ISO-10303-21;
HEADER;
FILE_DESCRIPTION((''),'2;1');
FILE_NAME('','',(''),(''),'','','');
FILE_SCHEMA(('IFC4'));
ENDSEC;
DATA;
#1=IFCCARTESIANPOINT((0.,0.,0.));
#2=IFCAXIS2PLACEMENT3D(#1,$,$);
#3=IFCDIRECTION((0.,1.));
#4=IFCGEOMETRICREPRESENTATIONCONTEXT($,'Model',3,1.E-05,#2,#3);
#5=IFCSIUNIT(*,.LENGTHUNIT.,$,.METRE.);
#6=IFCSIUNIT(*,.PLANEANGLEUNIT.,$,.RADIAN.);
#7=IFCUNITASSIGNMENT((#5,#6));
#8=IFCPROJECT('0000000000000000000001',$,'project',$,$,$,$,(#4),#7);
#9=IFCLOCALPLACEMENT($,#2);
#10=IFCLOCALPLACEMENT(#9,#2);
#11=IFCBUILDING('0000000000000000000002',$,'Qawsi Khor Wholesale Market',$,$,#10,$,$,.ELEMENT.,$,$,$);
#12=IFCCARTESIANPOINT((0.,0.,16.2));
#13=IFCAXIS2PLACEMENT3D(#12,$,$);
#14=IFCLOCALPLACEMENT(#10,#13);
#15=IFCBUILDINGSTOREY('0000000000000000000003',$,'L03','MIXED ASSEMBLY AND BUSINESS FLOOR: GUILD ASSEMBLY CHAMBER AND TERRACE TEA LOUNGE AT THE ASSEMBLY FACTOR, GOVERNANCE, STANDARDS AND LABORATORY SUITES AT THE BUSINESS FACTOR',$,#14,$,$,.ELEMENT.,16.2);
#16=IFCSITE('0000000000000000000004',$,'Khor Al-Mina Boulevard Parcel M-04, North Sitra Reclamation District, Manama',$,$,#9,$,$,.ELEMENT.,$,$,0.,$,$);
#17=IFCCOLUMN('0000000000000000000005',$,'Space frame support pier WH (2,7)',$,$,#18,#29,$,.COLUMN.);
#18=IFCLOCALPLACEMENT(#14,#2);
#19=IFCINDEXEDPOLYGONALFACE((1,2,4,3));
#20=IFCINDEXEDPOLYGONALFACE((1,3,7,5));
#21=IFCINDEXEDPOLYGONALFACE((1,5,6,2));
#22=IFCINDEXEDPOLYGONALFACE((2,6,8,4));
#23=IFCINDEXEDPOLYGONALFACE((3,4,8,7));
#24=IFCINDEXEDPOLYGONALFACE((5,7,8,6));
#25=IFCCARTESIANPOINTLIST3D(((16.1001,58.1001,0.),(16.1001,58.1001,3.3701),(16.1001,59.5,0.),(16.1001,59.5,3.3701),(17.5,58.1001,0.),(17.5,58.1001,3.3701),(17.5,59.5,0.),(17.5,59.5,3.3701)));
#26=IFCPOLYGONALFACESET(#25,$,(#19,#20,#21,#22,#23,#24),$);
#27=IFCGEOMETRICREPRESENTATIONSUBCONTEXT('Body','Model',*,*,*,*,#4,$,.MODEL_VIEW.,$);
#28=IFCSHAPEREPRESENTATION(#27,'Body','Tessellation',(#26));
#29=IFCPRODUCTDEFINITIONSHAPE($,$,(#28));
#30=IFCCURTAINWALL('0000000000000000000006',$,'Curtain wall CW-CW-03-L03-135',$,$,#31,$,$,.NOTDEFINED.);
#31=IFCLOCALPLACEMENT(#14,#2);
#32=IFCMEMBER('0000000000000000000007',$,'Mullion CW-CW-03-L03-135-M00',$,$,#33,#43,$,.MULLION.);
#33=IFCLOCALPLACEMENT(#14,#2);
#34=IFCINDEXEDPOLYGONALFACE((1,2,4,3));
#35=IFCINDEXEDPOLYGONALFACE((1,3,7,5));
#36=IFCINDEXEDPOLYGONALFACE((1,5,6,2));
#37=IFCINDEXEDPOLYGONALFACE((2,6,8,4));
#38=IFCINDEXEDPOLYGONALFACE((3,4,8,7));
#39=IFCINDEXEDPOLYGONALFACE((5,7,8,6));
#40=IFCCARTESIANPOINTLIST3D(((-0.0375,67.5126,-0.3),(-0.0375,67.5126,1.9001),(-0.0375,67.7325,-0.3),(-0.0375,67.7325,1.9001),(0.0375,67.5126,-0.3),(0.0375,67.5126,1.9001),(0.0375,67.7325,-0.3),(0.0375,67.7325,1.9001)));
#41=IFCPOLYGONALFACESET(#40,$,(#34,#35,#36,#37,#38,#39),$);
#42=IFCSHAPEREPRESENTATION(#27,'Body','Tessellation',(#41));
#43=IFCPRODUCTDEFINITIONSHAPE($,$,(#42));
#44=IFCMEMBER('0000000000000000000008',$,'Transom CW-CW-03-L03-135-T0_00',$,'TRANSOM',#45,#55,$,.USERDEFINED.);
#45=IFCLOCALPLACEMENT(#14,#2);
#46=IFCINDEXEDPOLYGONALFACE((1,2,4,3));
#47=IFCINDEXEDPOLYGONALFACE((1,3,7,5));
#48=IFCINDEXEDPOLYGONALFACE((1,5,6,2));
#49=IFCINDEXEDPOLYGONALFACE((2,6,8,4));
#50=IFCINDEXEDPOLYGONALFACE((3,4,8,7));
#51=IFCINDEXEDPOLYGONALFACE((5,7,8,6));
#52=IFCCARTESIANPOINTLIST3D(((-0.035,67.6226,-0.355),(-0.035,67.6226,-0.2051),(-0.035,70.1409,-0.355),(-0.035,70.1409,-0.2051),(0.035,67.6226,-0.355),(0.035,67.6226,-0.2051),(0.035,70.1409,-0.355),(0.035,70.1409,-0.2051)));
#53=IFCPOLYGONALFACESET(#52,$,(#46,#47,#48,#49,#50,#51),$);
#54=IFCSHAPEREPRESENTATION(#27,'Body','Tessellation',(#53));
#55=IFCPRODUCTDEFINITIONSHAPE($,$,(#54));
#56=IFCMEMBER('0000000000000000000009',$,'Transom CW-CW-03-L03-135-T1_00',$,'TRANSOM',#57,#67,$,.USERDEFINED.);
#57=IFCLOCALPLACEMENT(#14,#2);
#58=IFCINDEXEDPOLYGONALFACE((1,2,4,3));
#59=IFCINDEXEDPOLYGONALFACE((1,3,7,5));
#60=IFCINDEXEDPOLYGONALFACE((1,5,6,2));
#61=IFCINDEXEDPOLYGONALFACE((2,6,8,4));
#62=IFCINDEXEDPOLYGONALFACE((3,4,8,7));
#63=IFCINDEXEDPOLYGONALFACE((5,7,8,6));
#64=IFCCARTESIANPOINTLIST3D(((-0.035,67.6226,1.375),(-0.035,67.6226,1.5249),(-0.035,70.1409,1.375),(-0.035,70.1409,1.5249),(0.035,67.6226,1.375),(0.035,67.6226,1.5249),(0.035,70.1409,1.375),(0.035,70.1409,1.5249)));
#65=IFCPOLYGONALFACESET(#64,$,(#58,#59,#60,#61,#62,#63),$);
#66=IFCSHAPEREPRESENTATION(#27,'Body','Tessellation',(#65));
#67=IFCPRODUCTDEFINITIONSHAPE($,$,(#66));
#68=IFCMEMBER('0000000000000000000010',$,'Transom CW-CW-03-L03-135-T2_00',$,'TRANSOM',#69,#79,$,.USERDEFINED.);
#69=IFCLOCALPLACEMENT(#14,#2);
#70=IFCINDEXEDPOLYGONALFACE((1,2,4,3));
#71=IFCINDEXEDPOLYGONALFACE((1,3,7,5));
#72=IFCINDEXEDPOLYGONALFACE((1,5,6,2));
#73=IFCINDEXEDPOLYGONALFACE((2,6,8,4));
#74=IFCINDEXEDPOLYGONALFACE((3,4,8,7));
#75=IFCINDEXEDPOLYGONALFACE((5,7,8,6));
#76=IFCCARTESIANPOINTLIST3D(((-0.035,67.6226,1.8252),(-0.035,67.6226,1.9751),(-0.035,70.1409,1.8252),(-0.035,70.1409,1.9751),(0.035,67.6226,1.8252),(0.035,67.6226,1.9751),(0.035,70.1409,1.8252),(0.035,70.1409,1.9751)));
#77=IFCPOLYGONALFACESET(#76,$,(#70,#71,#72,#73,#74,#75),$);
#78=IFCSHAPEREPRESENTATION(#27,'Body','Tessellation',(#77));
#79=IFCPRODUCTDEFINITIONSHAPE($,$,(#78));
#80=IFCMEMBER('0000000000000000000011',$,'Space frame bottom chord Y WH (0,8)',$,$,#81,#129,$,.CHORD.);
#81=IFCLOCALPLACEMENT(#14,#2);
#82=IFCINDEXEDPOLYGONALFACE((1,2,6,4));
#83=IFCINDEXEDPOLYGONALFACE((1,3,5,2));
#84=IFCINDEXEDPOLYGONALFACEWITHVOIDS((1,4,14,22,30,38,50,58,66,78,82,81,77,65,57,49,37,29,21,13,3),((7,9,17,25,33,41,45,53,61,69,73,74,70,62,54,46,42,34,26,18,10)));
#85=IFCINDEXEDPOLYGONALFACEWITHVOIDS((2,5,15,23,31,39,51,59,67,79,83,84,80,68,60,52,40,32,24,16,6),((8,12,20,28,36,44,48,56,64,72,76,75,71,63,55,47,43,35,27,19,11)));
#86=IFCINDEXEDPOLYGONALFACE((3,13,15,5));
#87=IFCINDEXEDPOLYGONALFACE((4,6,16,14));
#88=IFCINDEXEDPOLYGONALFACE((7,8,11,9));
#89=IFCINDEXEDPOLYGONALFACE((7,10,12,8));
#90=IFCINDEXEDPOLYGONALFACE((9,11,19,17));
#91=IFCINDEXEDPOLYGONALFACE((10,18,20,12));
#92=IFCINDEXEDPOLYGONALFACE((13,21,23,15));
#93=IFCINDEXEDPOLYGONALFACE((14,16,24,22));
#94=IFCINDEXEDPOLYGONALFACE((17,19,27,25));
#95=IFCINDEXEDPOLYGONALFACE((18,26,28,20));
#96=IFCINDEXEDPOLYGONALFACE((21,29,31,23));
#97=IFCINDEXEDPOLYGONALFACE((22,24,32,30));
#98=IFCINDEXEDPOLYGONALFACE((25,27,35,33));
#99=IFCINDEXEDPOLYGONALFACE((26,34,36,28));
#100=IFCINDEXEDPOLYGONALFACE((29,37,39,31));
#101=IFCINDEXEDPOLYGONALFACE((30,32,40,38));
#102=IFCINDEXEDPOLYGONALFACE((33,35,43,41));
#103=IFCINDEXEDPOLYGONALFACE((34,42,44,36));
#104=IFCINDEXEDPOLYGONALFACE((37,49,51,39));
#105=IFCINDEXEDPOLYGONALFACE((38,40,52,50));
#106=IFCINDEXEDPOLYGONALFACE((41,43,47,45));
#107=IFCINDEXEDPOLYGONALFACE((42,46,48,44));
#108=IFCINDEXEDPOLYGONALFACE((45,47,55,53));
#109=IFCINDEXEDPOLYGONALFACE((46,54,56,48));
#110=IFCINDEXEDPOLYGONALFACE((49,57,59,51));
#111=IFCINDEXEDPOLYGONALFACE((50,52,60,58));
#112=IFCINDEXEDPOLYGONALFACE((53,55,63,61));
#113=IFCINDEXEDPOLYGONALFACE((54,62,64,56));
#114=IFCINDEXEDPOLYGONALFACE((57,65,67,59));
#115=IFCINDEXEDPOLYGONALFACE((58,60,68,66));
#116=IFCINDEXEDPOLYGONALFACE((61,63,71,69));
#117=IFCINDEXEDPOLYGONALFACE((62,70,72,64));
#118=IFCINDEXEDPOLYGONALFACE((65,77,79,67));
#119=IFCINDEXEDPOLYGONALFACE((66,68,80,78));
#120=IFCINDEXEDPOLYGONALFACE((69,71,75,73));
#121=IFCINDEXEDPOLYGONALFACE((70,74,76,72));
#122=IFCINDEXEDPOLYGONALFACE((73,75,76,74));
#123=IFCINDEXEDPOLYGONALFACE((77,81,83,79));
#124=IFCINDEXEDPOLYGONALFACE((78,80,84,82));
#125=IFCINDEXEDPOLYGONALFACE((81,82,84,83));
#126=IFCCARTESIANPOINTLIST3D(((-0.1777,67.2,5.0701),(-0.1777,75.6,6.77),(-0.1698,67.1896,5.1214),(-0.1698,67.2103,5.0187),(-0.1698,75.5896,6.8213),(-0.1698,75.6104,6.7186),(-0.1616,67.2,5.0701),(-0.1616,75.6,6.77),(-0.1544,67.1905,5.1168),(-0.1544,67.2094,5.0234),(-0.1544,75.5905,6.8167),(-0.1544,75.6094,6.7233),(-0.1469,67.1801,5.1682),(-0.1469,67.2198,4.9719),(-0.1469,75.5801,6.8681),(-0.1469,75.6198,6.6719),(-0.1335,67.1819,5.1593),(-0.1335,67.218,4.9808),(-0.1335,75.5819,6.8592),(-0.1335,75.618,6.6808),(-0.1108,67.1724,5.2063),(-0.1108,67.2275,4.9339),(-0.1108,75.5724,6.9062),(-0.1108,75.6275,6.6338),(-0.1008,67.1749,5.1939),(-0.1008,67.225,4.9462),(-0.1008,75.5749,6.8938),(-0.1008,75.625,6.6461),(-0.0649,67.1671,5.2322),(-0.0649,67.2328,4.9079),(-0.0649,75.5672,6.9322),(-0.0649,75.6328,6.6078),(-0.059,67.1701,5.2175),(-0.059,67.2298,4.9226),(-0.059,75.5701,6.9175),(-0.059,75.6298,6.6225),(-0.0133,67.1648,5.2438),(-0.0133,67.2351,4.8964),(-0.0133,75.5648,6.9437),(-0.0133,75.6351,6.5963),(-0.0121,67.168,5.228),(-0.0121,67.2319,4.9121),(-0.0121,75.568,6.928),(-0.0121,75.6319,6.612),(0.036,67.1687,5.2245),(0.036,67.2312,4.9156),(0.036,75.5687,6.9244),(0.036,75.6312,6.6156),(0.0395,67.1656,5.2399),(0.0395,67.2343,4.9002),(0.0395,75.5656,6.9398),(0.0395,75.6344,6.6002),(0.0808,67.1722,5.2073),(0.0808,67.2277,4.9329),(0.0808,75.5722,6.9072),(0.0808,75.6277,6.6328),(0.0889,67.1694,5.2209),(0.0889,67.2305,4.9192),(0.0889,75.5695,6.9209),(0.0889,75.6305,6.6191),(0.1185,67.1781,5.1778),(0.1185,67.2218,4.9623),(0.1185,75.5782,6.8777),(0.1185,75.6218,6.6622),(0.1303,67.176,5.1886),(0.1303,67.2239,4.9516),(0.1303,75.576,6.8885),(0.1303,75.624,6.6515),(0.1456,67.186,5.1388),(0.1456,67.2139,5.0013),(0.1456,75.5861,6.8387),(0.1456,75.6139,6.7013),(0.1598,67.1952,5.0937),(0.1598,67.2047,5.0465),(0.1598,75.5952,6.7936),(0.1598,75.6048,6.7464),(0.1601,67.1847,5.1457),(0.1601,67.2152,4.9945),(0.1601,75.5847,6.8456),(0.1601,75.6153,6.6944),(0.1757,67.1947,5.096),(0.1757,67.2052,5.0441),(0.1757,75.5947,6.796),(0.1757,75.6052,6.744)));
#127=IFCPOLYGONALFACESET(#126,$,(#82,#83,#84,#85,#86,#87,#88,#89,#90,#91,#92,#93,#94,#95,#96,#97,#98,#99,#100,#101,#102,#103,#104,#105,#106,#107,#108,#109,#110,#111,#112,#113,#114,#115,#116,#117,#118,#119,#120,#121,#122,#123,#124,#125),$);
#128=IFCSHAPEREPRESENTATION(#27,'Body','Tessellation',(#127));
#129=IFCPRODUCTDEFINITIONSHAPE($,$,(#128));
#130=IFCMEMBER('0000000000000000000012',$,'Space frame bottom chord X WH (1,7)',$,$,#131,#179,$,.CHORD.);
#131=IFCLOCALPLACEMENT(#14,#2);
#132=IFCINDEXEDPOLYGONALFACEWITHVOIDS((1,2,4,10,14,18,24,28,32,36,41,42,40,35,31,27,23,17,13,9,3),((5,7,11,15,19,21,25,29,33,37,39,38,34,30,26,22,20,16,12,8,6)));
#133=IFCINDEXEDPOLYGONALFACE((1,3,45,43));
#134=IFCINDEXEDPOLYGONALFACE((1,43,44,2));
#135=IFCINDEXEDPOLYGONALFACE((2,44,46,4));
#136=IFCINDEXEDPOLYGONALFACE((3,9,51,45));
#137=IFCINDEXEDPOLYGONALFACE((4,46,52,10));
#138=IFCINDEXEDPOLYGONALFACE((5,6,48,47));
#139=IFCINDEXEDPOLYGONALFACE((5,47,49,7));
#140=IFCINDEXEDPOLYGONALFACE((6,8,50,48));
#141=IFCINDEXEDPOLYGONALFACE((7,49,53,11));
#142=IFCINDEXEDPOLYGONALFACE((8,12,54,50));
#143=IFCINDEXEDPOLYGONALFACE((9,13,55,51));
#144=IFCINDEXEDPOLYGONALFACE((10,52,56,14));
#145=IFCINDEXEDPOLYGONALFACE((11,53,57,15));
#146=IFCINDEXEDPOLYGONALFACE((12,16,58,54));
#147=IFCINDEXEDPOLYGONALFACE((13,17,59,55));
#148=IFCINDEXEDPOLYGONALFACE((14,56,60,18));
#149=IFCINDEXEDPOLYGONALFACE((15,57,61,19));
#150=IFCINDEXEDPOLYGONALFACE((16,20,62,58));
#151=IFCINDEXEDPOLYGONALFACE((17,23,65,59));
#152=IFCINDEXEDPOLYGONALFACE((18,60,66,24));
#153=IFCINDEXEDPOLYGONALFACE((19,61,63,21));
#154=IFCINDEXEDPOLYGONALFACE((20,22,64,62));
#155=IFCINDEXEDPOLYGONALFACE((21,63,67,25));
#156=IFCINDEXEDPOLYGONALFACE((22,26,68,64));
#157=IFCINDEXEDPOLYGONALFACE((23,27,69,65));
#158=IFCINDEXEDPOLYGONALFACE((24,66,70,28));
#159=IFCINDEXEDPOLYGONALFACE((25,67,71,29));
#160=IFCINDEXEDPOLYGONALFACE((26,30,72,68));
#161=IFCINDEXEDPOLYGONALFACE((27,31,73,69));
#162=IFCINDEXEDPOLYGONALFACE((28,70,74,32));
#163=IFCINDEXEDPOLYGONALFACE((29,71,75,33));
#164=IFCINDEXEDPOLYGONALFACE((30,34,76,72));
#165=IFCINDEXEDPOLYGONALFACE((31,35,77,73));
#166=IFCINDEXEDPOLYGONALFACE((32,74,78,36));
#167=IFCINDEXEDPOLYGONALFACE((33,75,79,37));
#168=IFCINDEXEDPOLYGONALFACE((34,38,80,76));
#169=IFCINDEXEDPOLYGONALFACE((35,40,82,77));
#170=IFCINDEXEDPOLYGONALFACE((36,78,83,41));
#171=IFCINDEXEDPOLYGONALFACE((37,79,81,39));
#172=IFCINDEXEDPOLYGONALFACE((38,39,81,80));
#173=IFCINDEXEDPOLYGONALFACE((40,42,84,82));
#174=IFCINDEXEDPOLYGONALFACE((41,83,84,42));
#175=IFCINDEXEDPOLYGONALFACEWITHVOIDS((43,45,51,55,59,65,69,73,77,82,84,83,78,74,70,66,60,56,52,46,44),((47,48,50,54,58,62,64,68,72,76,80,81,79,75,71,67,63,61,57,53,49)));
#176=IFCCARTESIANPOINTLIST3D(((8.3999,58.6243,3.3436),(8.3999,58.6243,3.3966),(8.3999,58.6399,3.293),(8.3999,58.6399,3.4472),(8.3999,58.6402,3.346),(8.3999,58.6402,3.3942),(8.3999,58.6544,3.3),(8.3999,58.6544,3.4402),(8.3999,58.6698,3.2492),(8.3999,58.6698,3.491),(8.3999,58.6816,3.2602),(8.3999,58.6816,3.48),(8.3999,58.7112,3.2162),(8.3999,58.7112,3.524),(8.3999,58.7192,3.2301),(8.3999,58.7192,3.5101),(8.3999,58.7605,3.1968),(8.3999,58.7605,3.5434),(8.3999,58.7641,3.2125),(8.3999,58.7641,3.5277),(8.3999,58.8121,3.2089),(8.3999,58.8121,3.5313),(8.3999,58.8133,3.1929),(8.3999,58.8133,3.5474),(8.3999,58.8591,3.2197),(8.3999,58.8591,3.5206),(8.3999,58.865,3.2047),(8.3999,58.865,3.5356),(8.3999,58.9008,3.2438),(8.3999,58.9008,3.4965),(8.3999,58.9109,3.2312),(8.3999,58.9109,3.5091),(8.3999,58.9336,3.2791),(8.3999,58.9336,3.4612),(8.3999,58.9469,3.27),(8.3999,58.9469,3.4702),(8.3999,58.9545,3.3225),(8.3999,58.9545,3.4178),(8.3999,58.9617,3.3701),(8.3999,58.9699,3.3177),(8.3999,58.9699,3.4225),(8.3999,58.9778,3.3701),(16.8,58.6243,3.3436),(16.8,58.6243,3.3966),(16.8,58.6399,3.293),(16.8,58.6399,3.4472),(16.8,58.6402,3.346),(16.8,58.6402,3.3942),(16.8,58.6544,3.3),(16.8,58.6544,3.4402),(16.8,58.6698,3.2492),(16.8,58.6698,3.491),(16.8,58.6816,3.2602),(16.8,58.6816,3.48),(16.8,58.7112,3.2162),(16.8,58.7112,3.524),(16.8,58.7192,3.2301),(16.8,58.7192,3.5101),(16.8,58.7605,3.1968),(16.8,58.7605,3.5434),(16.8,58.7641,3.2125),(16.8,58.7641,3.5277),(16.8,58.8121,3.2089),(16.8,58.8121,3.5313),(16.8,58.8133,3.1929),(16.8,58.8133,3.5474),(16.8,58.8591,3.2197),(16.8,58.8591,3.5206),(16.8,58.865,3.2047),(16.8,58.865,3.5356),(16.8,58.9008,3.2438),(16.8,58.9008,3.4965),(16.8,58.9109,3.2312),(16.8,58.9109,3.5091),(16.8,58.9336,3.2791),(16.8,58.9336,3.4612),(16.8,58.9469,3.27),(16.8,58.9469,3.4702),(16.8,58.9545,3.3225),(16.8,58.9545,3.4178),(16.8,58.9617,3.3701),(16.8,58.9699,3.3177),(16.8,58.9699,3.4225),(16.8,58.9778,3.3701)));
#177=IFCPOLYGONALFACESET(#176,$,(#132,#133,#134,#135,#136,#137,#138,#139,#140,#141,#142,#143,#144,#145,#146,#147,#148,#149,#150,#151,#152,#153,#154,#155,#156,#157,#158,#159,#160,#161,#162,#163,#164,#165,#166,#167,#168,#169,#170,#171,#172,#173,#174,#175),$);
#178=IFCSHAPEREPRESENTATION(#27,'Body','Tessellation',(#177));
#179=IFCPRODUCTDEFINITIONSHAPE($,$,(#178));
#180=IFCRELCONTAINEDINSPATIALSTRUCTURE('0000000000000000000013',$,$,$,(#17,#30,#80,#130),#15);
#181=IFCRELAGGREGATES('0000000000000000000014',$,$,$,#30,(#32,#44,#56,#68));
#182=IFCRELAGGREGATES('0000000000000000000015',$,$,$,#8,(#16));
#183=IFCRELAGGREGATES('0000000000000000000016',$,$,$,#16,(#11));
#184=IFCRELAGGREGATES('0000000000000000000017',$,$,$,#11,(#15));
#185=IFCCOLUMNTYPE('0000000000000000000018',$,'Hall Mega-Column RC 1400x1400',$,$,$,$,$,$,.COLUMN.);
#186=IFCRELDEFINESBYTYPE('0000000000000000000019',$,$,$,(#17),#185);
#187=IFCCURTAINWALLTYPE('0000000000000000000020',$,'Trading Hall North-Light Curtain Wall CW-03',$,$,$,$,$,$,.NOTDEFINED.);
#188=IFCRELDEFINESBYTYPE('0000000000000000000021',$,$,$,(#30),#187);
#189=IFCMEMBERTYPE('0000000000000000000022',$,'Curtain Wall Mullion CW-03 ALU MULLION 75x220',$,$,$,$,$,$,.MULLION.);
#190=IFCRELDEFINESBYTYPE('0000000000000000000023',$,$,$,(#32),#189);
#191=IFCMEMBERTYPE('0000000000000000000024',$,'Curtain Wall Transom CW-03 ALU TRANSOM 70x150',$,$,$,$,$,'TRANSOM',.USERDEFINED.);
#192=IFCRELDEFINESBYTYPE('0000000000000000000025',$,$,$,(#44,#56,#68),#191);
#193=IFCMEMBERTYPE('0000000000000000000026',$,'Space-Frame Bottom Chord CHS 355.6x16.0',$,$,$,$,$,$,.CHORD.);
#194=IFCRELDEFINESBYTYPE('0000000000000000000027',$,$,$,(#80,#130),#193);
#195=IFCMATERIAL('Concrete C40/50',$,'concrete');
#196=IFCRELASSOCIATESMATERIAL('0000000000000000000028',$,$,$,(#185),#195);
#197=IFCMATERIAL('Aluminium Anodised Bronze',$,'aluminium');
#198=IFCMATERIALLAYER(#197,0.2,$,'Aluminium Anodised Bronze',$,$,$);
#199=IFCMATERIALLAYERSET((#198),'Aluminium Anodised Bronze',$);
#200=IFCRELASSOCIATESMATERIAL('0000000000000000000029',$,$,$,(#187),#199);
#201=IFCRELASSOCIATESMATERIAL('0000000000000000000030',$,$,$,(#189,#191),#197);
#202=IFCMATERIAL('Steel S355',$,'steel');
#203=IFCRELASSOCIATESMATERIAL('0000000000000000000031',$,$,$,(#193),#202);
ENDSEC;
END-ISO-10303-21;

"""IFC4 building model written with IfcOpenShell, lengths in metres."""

from ifc_helpers import new_model, si_unit, direction, frame, origin, origin_2d, place, context, subcontext, project, spatial, rectangle, hollow_circle, extrude, material, layer, layer_set, material_profile, profile_set, type_object, element, aggregate, save


model = new_model("IFC4")

# Units and contexts
model_context = context("Model", 3, precision=1e-05, world=origin(), true_north=direction((0.0, 1.0)))
body_context = subcontext(model_context, "Body", "Model", "MODEL_VIEW")
ifc_project = project(units=[si_unit("LENGTHUNIT", "METRE"), si_unit("PLANEANGLEUNIT", "RADIAN")], contexts=[model_context])

# Site, building, storey
site_placement = place(None, origin())
site = spatial("IfcSite", under=ifc_project, at=site_placement, Name="Khor Al-Mina Boulevard Parcel M-04, North Sitra Reclamation District, Manama", CompositionType="ELEMENT", RefElevation=0.0)
building_placement = place(site_placement, origin())
building = spatial("IfcBuilding", under=site, at=building_placement, Name="Qawsi Khor Wholesale Market", CompositionType="ELEMENT")
storey_placement = place(building_placement, frame((0.0, 0.0, 16.2)))
storey = spatial("IfcBuildingStorey", under=building, at=storey_placement, Name="L03", Description="MIXED ASSEMBLY AND BUSINESS FLOOR: GUILD ASSEMBLY CHAMBER AND TERRACE TEA LOUNGE AT THE ASSEMBLY FACTOR, GOVERNANCE, STANDARDS AND LABORATORY SUITES AT THE BUSINESS FACTOR", CompositionType="ELEMENT", Elevation=16.2)

# Column
ifc_material_1 = material(Name="Concrete C40/50", Category="concrete")
ifc_material_profile_1 = material_profile(ifc_material_1, rectangle(XDim=1.3999, YDim=1.3999, at=origin_2d()), Name="RC 1400x1400")
ifc_profile_set_1 = profile_set([ifc_material_profile_1], Name="Concrete C40/50")
column_type = type_object("IfcColumnType", Name="Hall Mega-Column RC 1400x1400", PredefinedType="COLUMN", material=ifc_profile_set_1)
column_placement = place(storey_placement, frame((16.8, 58.8, 0.0), z_axis=(0.0, 0.0, 1.0), x_axis=(1.0, 0.0, 0.0)))
element("IfcColumn", 1, at=column_placement, inside=storey, type_object=column_type, Name="Space frame support pier WH (2,7)", PredefinedType="COLUMN", context=body_context, shape_type="SweptSolid", body=[
    extrude(rectangle(XDim=1.3999, YDim=1.3999, at=origin_2d()), origin(), (0.0, 0.0, 1.0), 3.3701),
])

# Curtain wall, members
ifc_material_2 = material(Name="Aluminium Anodised Bronze", Category="aluminium")
ifc_layer_1 = layer(ifc_material_2, 0.2, Name="Aluminium Anodised Bronze")
ifc_layer_set_1 = layer_set([ifc_layer_1], Name="Aluminium Anodised Bronze")
curtain_wall_type = type_object("IfcCurtainWallType", Name="Trading Hall North-Light Curtain Wall CW-03", PredefinedType="NOTDEFINED", material=ifc_layer_set_1)
curtain_wall_placement = place(storey_placement, origin())
curtain_wall = element("IfcCurtainWall", 2, at=curtain_wall_placement, inside=storey, type_object=curtain_wall_type, Name="Curtain wall CW-CW-03-L03-135", PredefinedType="NOTDEFINED")
ifc_material_profile_2 = material_profile(ifc_material_2, rectangle(XDim=0.075, YDim=0.22, at=origin_2d()), Name="ALU MULLION 75x220")
ifc_profile_set_2 = profile_set([ifc_material_profile_2], Name="Aluminium Anodised Bronze")
member_type_1 = type_object("IfcMemberType", Name="Curtain Wall Mullion CW-03 ALU MULLION 75x220", PredefinedType="MULLION", material=ifc_profile_set_2)
member_1_placement = place(storey_placement, frame((0.0, 67.6226, -0.3), z_axis=(0.0, 0.0, 1.0), x_axis=(1.0, 0.0, 0.0)))
member_1 = element("IfcMember", 3, at=member_1_placement, type_object=member_type_1, Name="Mullion CW-CW-03-L03-135-M00", PredefinedType="MULLION", context=body_context, shape_type="SweptSolid", body=[
    extrude(rectangle(XDim=0.075, YDim=0.22, at=origin_2d()), origin(), (0.0, 0.0, 1.0), 2.2002),
])
ifc_material_profile_3 = material_profile(ifc_material_2, rectangle(XDim=0.0701, YDim=0.1499, at=origin_2d()), Name="ALU TRANSOM 70x150")
ifc_profile_set_3 = profile_set([ifc_material_profile_3], Name="Aluminium Anodised Bronze")
member_type_2 = type_object("IfcMemberType", Name="Curtain Wall Transom CW-03 ALU TRANSOM 70x150", ElementType="TRANSOM", PredefinedType="USERDEFINED", material=ifc_profile_set_3)
member_2_placement = place(storey_placement, frame((0.0, 67.6226, -0.28), z_axis=(0.0, 1.0, 0.0), x_axis=(-1.0, 0.0, 0.0)))
member_2 = element("IfcMember", 4, at=member_2_placement, type_object=member_type_2, Name="Transom CW-CW-03-L03-135-T0_00", ObjectType="TRANSOM", PredefinedType="USERDEFINED", context=body_context, shape_type="SweptSolid", body=[
    extrude(rectangle(XDim=0.0701, YDim=0.1499, at=origin_2d()), origin(), (0.0, 0.0, 1.0), 2.5183),
])
member_3_placement = place(storey_placement, frame((0.0, 67.6226, 1.45), z_axis=(0.0, 1.0, 0.0), x_axis=(-1.0, 0.0, 0.0)))
member_3 = element("IfcMember", 5, at=member_3_placement, type_object=member_type_2, Name="Transom CW-CW-03-L03-135-T1_00", ObjectType="TRANSOM", PredefinedType="USERDEFINED", context=body_context, shape_type="SweptSolid", body=[
    extrude(rectangle(XDim=0.0701, YDim=0.1499, at=origin_2d()), origin(), (0.0, 0.0, 1.0), 2.5183),
])
member_4_placement = place(storey_placement, frame((0.0, 67.6226, 1.9001), z_axis=(0.0, 1.0, 0.0), x_axis=(-1.0, 0.0, 0.0)))
member_4 = element("IfcMember", 6, at=member_4_placement, type_object=member_type_2, Name="Transom CW-CW-03-L03-135-T2_00", ObjectType="TRANSOM", PredefinedType="USERDEFINED", context=body_context, shape_type="SweptSolid", body=[
    extrude(rectangle(XDim=0.0701, YDim=0.1499, at=origin_2d()), origin(), (0.0, 0.0, 1.0), 2.5183),
])

# Members
ifc_material_3 = material(Name="Steel S355", Category="steel")
ifc_material_profile_4 = material_profile(ifc_material_3, hollow_circle(Radius=0.1777, WallThickness=0.0161, at=origin_2d()), Name="CHS 355.6x16.0")
ifc_profile_set_4 = profile_set([ifc_material_profile_4], Name="Steel S355")
member_type_3 = type_object("IfcMemberType", Name="Space-Frame Bottom Chord CHS 355.6x16.0", PredefinedType="CHORD", material=ifc_profile_set_4)
member_5_placement = place(storey_placement, frame((0.0, 67.2, 5.0701), z_axis=(0.0, 0.980131, 0.198351), x_axis=(-1.0, 0.0, 0.0)))
element("IfcMember", 7, at=member_5_placement, inside=storey, type_object=member_type_3, Name="Space frame bottom chord Y WH (0,8)", PredefinedType="CHORD", context=body_context, shape_type="SweptSolid", body=[
    extrude(hollow_circle(Radius=0.1777, WallThickness=0.0161, at=origin_2d()), origin(), (0.0, 0.0, 1.0), 8.5703),
])
member_6_placement = place(storey_placement, frame((8.3999, 58.8, 3.3701), z_axis=(1.0, 0.0, 0.0), x_axis=(0.0, 1.0, 0.0)))
element("IfcMember", 8, at=member_6_placement, inside=storey, type_object=member_type_3, Name="Space frame bottom chord X WH (1,7)", PredefinedType="CHORD", context=body_context, shape_type="SweptSolid", body=[
    extrude(hollow_circle(Radius=0.1777, WallThickness=0.0161, at=origin_2d()), origin(), (0.0, 0.0, 1.0), 8.4001),
])

aggregate(curtain_wall, [member_1, member_2, member_3, member_4])

save(model, "model.ifc")
